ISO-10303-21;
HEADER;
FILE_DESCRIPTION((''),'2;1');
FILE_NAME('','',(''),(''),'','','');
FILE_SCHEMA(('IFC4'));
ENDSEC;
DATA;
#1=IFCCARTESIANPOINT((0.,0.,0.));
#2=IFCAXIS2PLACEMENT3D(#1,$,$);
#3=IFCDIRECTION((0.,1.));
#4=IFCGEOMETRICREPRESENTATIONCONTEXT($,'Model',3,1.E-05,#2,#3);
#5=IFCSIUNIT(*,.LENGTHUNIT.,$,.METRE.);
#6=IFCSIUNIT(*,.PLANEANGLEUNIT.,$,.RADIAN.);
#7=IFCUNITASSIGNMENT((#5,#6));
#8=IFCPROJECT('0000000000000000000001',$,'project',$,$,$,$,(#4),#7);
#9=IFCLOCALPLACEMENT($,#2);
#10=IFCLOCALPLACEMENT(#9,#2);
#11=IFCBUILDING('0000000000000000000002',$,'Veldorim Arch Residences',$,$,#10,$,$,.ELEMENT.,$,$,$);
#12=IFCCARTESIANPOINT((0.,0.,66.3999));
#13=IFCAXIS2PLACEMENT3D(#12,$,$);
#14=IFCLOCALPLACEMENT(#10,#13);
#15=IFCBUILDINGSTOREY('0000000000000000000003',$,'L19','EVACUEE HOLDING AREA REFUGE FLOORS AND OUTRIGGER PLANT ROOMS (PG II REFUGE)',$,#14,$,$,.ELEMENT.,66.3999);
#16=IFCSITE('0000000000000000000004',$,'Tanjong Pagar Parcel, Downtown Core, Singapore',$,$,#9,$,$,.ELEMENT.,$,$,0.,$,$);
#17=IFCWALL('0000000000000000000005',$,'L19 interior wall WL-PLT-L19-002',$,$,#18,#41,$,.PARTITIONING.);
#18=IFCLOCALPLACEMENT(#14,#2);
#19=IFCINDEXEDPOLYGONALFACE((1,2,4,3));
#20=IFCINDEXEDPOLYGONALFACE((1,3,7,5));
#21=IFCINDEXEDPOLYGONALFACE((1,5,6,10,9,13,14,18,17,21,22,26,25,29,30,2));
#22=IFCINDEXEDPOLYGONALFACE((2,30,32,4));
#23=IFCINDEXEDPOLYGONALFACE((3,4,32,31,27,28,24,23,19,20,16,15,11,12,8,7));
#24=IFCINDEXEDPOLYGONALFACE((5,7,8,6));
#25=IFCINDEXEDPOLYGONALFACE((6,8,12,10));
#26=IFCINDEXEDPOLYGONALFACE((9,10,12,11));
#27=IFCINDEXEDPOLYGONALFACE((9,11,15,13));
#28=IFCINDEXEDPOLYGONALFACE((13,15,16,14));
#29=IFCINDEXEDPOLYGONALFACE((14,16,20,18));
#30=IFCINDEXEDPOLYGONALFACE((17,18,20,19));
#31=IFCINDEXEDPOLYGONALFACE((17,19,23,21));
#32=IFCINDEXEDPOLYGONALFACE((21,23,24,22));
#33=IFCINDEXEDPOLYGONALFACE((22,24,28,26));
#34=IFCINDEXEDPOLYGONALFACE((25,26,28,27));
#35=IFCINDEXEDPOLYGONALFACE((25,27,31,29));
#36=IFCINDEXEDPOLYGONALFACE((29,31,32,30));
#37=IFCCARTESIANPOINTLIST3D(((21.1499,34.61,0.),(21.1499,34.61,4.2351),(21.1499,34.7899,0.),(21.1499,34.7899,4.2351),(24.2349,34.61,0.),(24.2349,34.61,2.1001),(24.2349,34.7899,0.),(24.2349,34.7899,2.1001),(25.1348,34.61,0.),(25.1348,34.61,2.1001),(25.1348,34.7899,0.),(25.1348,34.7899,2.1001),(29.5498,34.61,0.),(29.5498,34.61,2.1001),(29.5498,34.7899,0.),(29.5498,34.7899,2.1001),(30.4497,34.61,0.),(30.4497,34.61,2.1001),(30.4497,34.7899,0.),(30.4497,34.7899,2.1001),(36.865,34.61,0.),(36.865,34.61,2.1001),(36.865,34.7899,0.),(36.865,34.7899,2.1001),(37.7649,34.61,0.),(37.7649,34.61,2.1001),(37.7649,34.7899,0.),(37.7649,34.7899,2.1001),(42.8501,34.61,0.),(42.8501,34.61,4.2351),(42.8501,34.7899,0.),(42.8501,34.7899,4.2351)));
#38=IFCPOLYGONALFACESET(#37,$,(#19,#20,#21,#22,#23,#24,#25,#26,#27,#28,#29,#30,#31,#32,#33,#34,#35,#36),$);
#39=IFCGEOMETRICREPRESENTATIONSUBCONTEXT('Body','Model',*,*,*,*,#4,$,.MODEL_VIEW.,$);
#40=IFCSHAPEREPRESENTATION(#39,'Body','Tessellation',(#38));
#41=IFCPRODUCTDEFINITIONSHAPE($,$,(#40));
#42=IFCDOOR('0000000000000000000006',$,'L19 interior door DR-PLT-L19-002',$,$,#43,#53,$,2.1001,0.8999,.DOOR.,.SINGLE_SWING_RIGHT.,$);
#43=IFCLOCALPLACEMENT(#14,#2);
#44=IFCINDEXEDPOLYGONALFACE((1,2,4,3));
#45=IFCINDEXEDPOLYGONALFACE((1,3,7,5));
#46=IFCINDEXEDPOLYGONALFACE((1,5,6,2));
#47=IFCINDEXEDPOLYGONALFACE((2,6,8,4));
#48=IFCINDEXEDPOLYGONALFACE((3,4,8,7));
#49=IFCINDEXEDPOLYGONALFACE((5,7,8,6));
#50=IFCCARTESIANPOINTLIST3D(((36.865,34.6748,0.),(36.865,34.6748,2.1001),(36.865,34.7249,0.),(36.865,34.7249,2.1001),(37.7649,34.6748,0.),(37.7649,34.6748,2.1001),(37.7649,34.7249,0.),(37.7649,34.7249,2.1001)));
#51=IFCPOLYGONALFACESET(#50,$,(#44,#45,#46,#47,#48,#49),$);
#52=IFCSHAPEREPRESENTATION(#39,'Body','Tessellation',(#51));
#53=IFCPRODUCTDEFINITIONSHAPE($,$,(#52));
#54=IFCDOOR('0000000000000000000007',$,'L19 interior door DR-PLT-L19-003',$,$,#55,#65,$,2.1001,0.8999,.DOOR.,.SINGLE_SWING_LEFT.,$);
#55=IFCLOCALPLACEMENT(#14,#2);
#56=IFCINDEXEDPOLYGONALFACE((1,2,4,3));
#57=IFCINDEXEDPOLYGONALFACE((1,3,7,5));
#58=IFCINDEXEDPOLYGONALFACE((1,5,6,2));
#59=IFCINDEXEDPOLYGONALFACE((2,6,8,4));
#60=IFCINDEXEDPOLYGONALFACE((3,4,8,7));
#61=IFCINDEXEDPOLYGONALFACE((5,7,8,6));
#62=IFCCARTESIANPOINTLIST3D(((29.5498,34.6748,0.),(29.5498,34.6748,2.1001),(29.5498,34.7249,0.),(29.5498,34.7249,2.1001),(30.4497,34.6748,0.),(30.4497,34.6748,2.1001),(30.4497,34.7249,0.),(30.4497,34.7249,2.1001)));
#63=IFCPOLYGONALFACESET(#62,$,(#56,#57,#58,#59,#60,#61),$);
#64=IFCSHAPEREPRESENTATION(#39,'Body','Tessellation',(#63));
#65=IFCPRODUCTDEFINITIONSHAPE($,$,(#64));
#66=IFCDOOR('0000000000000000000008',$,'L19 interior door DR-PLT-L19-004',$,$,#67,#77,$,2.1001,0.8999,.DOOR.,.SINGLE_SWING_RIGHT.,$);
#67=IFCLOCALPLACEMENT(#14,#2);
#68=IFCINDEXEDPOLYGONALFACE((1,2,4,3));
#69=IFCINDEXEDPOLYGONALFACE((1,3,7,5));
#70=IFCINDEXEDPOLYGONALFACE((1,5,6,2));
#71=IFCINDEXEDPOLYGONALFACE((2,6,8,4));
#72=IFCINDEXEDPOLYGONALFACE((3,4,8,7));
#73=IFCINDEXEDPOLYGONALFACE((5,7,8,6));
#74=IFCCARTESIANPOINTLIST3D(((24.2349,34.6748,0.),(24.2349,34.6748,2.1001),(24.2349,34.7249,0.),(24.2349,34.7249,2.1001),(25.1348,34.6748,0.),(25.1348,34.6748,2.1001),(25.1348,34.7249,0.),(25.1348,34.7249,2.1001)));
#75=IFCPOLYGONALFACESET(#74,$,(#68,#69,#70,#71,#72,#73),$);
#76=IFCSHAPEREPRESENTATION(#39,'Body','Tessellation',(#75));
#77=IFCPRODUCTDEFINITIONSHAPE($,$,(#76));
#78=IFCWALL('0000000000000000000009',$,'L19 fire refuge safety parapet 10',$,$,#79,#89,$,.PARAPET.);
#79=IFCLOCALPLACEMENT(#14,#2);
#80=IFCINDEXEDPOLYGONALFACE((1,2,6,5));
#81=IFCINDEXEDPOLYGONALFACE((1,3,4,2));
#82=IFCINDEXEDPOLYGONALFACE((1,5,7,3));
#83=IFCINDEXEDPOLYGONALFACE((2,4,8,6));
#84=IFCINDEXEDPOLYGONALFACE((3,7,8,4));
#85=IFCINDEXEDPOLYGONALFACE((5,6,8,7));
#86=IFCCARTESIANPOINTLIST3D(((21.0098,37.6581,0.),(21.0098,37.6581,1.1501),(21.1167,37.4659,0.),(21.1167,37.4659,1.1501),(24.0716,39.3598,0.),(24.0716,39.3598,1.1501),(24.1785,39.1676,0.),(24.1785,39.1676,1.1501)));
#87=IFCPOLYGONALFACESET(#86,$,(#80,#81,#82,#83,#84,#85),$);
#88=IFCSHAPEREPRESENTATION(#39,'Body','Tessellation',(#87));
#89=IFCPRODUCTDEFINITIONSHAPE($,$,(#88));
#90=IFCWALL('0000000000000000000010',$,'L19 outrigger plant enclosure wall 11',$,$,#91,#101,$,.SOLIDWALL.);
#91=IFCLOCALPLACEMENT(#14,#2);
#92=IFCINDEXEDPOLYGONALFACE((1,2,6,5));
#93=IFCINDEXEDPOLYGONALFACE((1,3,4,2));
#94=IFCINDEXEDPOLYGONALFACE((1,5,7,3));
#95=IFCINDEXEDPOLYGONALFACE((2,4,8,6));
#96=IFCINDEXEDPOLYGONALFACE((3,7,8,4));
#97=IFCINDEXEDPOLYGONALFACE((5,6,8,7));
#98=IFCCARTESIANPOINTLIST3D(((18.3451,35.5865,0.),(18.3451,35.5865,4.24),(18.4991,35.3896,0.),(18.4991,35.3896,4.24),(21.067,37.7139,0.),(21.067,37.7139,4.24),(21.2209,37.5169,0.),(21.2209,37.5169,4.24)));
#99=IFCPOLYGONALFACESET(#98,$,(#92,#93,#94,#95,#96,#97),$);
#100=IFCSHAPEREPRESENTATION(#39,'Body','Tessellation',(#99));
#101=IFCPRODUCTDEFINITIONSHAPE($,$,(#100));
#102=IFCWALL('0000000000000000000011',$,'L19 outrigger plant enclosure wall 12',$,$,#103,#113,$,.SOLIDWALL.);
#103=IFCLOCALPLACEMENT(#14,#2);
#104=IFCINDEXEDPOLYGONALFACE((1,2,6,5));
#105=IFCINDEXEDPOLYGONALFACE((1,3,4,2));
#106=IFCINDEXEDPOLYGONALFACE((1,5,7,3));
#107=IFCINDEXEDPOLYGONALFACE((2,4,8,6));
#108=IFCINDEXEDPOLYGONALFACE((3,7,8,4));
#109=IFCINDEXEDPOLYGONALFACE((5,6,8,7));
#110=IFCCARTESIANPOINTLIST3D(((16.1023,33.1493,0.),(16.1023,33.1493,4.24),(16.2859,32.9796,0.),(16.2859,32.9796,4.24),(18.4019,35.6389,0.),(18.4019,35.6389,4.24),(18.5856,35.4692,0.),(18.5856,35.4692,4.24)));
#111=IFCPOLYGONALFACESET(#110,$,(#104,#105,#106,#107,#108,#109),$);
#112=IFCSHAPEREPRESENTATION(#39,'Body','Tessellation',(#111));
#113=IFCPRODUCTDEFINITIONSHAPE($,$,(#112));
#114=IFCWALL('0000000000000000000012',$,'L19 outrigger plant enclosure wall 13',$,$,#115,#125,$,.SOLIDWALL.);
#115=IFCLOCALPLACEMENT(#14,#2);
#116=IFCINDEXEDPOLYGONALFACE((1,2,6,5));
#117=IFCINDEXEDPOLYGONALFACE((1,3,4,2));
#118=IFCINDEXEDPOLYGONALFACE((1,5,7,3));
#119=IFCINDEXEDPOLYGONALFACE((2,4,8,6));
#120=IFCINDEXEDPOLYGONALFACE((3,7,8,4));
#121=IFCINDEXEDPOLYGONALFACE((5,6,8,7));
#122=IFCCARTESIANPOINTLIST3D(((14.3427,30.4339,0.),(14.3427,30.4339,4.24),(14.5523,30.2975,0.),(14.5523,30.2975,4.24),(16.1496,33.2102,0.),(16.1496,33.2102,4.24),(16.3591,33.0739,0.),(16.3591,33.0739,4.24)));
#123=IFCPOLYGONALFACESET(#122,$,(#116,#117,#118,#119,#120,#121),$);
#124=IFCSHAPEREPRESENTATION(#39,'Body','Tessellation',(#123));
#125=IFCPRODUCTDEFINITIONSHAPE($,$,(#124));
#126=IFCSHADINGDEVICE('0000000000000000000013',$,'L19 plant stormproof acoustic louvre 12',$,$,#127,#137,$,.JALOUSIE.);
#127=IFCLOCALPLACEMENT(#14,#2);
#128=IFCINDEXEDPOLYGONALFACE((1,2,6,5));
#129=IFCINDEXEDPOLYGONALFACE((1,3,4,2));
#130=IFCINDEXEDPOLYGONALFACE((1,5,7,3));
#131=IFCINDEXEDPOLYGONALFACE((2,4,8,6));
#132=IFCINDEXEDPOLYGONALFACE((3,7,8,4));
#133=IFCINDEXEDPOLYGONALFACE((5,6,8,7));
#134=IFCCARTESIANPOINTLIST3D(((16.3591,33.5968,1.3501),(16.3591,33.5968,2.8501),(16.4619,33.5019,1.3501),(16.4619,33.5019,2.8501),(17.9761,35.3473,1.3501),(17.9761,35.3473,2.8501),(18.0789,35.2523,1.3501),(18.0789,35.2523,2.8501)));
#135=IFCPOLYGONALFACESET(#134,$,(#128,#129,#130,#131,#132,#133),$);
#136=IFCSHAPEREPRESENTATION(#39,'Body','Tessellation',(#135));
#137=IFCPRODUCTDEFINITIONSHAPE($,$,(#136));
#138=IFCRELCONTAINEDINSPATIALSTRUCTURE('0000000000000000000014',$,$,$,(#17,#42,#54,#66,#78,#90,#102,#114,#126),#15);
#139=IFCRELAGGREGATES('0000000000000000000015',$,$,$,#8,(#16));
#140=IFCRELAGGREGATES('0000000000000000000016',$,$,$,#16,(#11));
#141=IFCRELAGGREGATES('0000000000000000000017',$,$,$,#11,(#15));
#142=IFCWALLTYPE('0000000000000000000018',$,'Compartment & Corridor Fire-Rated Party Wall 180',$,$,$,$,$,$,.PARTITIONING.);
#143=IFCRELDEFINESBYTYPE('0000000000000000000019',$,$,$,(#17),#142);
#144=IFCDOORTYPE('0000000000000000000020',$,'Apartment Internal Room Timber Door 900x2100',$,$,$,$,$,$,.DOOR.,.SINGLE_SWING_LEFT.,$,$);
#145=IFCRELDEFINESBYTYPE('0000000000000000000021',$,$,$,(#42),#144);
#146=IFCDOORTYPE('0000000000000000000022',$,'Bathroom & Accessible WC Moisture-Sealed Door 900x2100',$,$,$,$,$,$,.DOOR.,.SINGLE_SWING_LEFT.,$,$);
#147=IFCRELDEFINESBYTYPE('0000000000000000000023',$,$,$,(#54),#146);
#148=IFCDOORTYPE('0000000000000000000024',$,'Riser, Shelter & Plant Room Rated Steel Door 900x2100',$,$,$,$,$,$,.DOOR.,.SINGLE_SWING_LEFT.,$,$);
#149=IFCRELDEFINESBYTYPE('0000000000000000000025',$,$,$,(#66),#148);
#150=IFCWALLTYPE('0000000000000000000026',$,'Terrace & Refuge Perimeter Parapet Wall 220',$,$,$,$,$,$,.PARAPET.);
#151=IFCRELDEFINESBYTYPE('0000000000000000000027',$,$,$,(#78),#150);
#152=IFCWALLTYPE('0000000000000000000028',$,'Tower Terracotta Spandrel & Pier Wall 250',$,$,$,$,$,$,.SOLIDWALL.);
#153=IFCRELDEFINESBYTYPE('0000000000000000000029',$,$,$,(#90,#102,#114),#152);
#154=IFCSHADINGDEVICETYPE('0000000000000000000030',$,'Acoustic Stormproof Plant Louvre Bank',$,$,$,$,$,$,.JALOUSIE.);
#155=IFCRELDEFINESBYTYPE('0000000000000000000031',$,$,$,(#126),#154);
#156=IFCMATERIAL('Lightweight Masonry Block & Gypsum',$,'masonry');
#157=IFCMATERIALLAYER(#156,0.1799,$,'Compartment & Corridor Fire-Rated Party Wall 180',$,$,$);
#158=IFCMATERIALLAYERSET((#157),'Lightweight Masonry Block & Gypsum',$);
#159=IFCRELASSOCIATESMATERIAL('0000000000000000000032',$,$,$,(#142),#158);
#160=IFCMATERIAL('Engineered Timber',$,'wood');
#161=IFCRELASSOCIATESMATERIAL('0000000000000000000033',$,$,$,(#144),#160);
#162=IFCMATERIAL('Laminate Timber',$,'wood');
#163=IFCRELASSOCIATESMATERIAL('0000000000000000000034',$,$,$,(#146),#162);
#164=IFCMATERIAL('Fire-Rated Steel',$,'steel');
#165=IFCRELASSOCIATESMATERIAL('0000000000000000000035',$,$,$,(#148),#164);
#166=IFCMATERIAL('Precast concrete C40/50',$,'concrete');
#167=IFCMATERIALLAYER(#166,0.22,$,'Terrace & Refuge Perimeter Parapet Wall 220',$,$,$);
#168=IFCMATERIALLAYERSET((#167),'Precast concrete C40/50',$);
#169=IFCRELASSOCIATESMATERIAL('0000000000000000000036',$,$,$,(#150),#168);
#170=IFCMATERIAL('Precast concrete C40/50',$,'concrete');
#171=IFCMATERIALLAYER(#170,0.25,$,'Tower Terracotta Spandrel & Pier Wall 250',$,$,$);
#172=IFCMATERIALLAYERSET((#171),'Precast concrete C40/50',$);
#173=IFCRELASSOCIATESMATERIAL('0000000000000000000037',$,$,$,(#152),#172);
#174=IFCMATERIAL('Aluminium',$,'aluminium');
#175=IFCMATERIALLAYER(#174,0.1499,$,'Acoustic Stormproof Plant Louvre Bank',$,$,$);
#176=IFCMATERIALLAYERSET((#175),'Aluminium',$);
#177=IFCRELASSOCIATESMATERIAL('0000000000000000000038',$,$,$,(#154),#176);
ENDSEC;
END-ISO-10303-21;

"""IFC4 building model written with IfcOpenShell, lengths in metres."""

from ifc_helpers import new_model, si_unit, direction, frame, frame_2d, origin, origin_2d, place, context, subcontext, project, spatial, rectangle, extrude, material, layer, layer_set, type_object, element, fill, save


model = new_model("IFC4")

# Units and contexts
model_context = context("Model", 3, precision=1e-05, world=origin(), true_north=direction((0.0, 1.0)))
body_context = subcontext(model_context, "Body", "Model", "MODEL_VIEW")
ifc_project = project(units=[si_unit("LENGTHUNIT", "METRE"), si_unit("PLANEANGLEUNIT", "RADIAN")], contexts=[model_context])

# Site, building, storey
site_placement = place(None, origin())
site = spatial("IfcSite", under=ifc_project, at=site_placement, Name="Tanjong Pagar Parcel, Downtown Core, Singapore", CompositionType="ELEMENT", RefElevation=0.0)
building_placement = place(site_placement, origin())
building = spatial("IfcBuilding", under=site, at=building_placement, Name="Veldorim Arch Residences", CompositionType="ELEMENT")
storey_placement = place(building_placement, frame((0.0, 0.0, 66.3999)))
storey = spatial("IfcBuildingStorey", under=building, at=storey_placement, Name="L19", Description="EVACUEE HOLDING AREA REFUGE FLOORS AND OUTRIGGER PLANT ROOMS (PG II REFUGE)", CompositionType="ELEMENT", Elevation=66.3999)

# Wall, openings, doors
ifc_material_1 = material(Name="Lightweight Masonry Block & Gypsum", Category="masonry")
ifc_layer_1 = layer(ifc_material_1, 0.1799, Name="Compartment & Corridor Fire-Rated Party Wall 180")
ifc_layer_set_1 = layer_set([ifc_layer_1], Name="Lightweight Masonry Block & Gypsum")
wall_type_1 = type_object("IfcWallType", Name="Compartment & Corridor Fire-Rated Party Wall 180", PredefinedType="PARTITIONING", material=ifc_layer_set_1)
wall_1_placement = place(storey_placement, frame((21.1499, 34.7, 0.0), z_axis=(0.0, 0.0, 1.0), x_axis=(1.0, 0.0, 0.0)))
wall_1 = element("IfcWall", 1, at=wall_1_placement, inside=storey, type_object=wall_type_1, Name="L19 interior wall WL-PLT-L19-002", PredefinedType="PARTITIONING", context=body_context, shape_type="SweptSolid", body=[
    extrude(rectangle(XDim=21.7002, YDim=0.1799, at=frame_2d((10.8501, 0.0))), origin(), (0.0, 0.0, 1.0), 4.2351),
])
opening_1_placement = place(wall_1_placement, frame((15.7151, 0.0, 0.0)))
opening_1 = element("IfcOpeningElement", 2, at=opening_1_placement, cuts=wall_1, PredefinedType="OPENING", context=body_context, shape_type="SweptSolid", body=[
    extrude(rectangle(XDim=0.8999, YDim=2.1001, at=frame_2d((0.45, 1.05))), frame((0.0, 0.0999, 0.0), z_axis=(0.0, -1.0, 0.0), x_axis=(1.0, 0.0, 0.0)), (0.0, 0.0, 1.0), 0.2),
])
opening_2_placement = place(wall_1_placement, frame((8.3999, 0.0, 0.0)))
opening_2 = element("IfcOpeningElement", 3, at=opening_2_placement, cuts=wall_1, PredefinedType="OPENING", context=body_context, shape_type="SweptSolid", body=[
    extrude(rectangle(XDim=0.8999, YDim=2.1001, at=frame_2d((0.45, 1.05))), frame((0.0, 0.0999, 0.0), z_axis=(0.0, -1.0, 0.0), x_axis=(1.0, 0.0, 0.0)), (0.0, 0.0, 1.0), 0.2),
])
opening_3_placement = place(wall_1_placement, frame((3.085, 0.0, 0.0)))
opening_3 = element("IfcOpeningElement", 4, at=opening_3_placement, cuts=wall_1, PredefinedType="OPENING", context=body_context, shape_type="SweptSolid", body=[
    extrude(rectangle(XDim=0.8999, YDim=2.1001, at=frame_2d((0.45, 1.05))), frame((0.0, 0.0999, 0.0), z_axis=(0.0, -1.0, 0.0), x_axis=(1.0, 0.0, 0.0)), (0.0, 0.0, 1.0), 0.2),
])
ifc_material_2 = material(Name="Engineered Timber", Category="wood")
door_type_1 = type_object("IfcDoorType", Name="Apartment Internal Room Timber Door 900x2100", OperationType="SINGLE_SWING_LEFT", PredefinedType="DOOR", material=ifc_material_2)
door_1_placement = place(opening_1_placement, origin())
door_1 = element("IfcDoor", 5, at=door_1_placement, inside=storey, type_object=door_type_1, Name="L19 interior door DR-PLT-L19-002", OperationType="SINGLE_SWING_RIGHT", OverallHeight=2.1001, OverallWidth=0.8999, PredefinedType="DOOR", context=body_context, shape_type="SweptSolid", body=[
    extrude(rectangle(XDim=0.8999, YDim=2.1001, at=frame_2d((0.45, 1.05))), frame((0.0, 0.0249, 0.0), z_axis=(0.0, -1.0, 0.0), x_axis=(1.0, 0.0, 0.0)), (0.0, 0.0, 1.0), 0.05),
])
fill(opening_1, door_1)
ifc_material_3 = material(Name="Laminate Timber", Category="wood")
door_type_2 = type_object("IfcDoorType", Name="Bathroom & Accessible WC Moisture-Sealed Door 900x2100", OperationType="SINGLE_SWING_LEFT", PredefinedType="DOOR", material=ifc_material_3)
door_2_placement = place(opening_2_placement, origin())
door_2 = element("IfcDoor", 6, at=door_2_placement, inside=storey, type_object=door_type_2, Name="L19 interior door DR-PLT-L19-003", OperationType="SINGLE_SWING_LEFT", OverallHeight=2.1001, OverallWidth=0.8999, PredefinedType="DOOR", context=body_context, shape_type="SweptSolid", body=[
    extrude(rectangle(XDim=0.8999, YDim=2.1001, at=frame_2d((0.45, 1.05))), frame((0.0, 0.0249, 0.0), z_axis=(0.0, -1.0, 0.0), x_axis=(1.0, 0.0, 0.0)), (0.0, 0.0, 1.0), 0.05),
])
fill(opening_2, door_2)
ifc_material_4 = material(Name="Fire-Rated Steel", Category="steel")
door_type_3 = type_object("IfcDoorType", Name="Riser, Shelter & Plant Room Rated Steel Door 900x2100", OperationType="SINGLE_SWING_LEFT", PredefinedType="DOOR", material=ifc_material_4)
door_3_placement = place(opening_3_placement, origin())
door_3 = element("IfcDoor", 7, at=door_3_placement, inside=storey, type_object=door_type_3, Name="L19 interior door DR-PLT-L19-004", OperationType="SINGLE_SWING_RIGHT", OverallHeight=2.1001, OverallWidth=0.8999, PredefinedType="DOOR", context=body_context, shape_type="SweptSolid", body=[
    extrude(rectangle(XDim=0.8999, YDim=2.1001, at=frame_2d((0.45, 1.05))), frame((0.0, 0.0249, 0.0), z_axis=(0.0, -1.0, 0.0), x_axis=(1.0, 0.0, 0.0)), (0.0, 0.0, 1.0), 0.05),
])
fill(opening_3, door_3)

# Walls
ifc_material_5 = material(Name="Precast concrete C40/50", Category="concrete")
ifc_layer_2 = layer(ifc_material_5, 0.22, Name="Terrace & Refuge Perimeter Parapet Wall 220")
ifc_layer_set_2 = layer_set([ifc_layer_2], Name="Precast concrete C40/50")
wall_type_2 = type_object("IfcWallType", Name="Terrace & Refuge Perimeter Parapet Wall 220", PredefinedType="PARAPET", material=ifc_layer_set_2)
wall_2_placement = place(storey_placement, frame((21.0632, 37.562, 0.0), z_axis=(0.0, 0.0, 1.0), x_axis=(0.874075, 0.485791, 0.0)))
element("IfcWall", 8, at=wall_2_placement, inside=storey, type_object=wall_type_2, Name="L19 fire refuge safety parapet 10", PredefinedType="PARAPET", context=body_context, shape_type="SweptSolid", body=[
    extrude(rectangle(XDim=3.5029, YDim=0.22, at=frame_2d((1.7515, 0.0))), origin(), (0.0, 0.0, 1.0), 1.1501),
])
ifc_material_6 = material(Name="Precast concrete C40/50", Category="concrete")
ifc_layer_3 = layer(ifc_material_6, 0.25, Name="Tower Terracotta Spandrel & Pier Wall 250")
ifc_layer_set_3 = layer_set([ifc_layer_3], Name="Precast concrete C40/50")
wall_type_3 = type_object("IfcWallType", Name="Tower Terracotta Spandrel & Pier Wall 250", PredefinedType="SOLIDWALL", material=ifc_layer_set_3)
wall_3_placement = place(storey_placement, frame((18.4221, 35.488, 0.0), z_axis=(0.0, 0.0, 1.0), x_axis=(0.787893, 0.615813, 0.0)))
element("IfcWall", 9, at=wall_3_placement, inside=storey, type_object=wall_type_3, Name="L19 outrigger plant enclosure wall 11", PredefinedType="SOLIDWALL", context=body_context, shape_type="SweptSolid", body=[
    extrude(rectangle(XDim=3.4546, YDim=0.25, at=frame_2d((1.7273, 0.0))), origin(), (0.0, 0.0, 1.0), 4.24),
])
wall_4_placement = place(storey_placement, frame((16.1941, 33.0645, 0.0), z_axis=(0.0, 0.0, 1.0), x_axis=(0.678528, 0.734574, 0.0)))
element("IfcWall", 10, at=wall_4_placement, inside=storey, type_object=wall_type_3, Name="L19 outrigger plant enclosure wall 12", PredefinedType="SOLIDWALL", context=body_context, shape_type="SweptSolid", body=[
    extrude(rectangle(XDim=3.3892, YDim=0.25, at=frame_2d((1.6946, 0.0))), origin(), (0.0, 0.0, 1.0), 4.24),
])
wall_5_placement = place(storey_placement, frame((14.4475, 30.3657, 0.0), z_axis=(0.0, 0.0, 1.0), x_axis=(0.545465, 0.838134, 0.0)))
element("IfcWall", 11, at=wall_5_placement, inside=storey, type_object=wall_type_3, Name="L19 outrigger plant enclosure wall 13", PredefinedType="SOLIDWALL", context=body_context, shape_type="SweptSolid", body=[
    extrude(rectangle(XDim=3.3125, YDim=0.25, at=frame_2d((1.6562, 0.0))), origin(), (0.0, 0.0, 1.0), 4.24),
])

# Shading device
ifc_material_7 = material(Name="Aluminium", Category="aluminium")
ifc_layer_4 = layer(ifc_material_7, 0.1499, Name="Acoustic Stormproof Plant Louvre Bank")
ifc_layer_set_4 = layer_set([ifc_layer_4], Name="Aluminium")
shading_device_type = type_object("IfcShadingDeviceType", Name="Acoustic Stormproof Plant Louvre Bank", PredefinedType="JALOUSIE", material=ifc_layer_set_4)
shading_device_placement = place(storey_placement, frame((17.219, 34.4246, 1.3501), z_axis=(0.0, 0.0, 1.0), x_axis=(0.678544, 0.734559, 0.0)))
element("IfcShadingDevice", 12, at=shading_device_placement, inside=storey, type_object=shading_device_type, Name="L19 plant stormproof acoustic louvre 12", PredefinedType="JALOUSIE", context=body_context, shape_type="SweptSolid", body=[
    extrude(rectangle(XDim=2.3831, YDim=0.1399, at=origin_2d()), origin(), (0.0, 0.0, 1.0), 1.5),
])

save(model, "model.ifc")
